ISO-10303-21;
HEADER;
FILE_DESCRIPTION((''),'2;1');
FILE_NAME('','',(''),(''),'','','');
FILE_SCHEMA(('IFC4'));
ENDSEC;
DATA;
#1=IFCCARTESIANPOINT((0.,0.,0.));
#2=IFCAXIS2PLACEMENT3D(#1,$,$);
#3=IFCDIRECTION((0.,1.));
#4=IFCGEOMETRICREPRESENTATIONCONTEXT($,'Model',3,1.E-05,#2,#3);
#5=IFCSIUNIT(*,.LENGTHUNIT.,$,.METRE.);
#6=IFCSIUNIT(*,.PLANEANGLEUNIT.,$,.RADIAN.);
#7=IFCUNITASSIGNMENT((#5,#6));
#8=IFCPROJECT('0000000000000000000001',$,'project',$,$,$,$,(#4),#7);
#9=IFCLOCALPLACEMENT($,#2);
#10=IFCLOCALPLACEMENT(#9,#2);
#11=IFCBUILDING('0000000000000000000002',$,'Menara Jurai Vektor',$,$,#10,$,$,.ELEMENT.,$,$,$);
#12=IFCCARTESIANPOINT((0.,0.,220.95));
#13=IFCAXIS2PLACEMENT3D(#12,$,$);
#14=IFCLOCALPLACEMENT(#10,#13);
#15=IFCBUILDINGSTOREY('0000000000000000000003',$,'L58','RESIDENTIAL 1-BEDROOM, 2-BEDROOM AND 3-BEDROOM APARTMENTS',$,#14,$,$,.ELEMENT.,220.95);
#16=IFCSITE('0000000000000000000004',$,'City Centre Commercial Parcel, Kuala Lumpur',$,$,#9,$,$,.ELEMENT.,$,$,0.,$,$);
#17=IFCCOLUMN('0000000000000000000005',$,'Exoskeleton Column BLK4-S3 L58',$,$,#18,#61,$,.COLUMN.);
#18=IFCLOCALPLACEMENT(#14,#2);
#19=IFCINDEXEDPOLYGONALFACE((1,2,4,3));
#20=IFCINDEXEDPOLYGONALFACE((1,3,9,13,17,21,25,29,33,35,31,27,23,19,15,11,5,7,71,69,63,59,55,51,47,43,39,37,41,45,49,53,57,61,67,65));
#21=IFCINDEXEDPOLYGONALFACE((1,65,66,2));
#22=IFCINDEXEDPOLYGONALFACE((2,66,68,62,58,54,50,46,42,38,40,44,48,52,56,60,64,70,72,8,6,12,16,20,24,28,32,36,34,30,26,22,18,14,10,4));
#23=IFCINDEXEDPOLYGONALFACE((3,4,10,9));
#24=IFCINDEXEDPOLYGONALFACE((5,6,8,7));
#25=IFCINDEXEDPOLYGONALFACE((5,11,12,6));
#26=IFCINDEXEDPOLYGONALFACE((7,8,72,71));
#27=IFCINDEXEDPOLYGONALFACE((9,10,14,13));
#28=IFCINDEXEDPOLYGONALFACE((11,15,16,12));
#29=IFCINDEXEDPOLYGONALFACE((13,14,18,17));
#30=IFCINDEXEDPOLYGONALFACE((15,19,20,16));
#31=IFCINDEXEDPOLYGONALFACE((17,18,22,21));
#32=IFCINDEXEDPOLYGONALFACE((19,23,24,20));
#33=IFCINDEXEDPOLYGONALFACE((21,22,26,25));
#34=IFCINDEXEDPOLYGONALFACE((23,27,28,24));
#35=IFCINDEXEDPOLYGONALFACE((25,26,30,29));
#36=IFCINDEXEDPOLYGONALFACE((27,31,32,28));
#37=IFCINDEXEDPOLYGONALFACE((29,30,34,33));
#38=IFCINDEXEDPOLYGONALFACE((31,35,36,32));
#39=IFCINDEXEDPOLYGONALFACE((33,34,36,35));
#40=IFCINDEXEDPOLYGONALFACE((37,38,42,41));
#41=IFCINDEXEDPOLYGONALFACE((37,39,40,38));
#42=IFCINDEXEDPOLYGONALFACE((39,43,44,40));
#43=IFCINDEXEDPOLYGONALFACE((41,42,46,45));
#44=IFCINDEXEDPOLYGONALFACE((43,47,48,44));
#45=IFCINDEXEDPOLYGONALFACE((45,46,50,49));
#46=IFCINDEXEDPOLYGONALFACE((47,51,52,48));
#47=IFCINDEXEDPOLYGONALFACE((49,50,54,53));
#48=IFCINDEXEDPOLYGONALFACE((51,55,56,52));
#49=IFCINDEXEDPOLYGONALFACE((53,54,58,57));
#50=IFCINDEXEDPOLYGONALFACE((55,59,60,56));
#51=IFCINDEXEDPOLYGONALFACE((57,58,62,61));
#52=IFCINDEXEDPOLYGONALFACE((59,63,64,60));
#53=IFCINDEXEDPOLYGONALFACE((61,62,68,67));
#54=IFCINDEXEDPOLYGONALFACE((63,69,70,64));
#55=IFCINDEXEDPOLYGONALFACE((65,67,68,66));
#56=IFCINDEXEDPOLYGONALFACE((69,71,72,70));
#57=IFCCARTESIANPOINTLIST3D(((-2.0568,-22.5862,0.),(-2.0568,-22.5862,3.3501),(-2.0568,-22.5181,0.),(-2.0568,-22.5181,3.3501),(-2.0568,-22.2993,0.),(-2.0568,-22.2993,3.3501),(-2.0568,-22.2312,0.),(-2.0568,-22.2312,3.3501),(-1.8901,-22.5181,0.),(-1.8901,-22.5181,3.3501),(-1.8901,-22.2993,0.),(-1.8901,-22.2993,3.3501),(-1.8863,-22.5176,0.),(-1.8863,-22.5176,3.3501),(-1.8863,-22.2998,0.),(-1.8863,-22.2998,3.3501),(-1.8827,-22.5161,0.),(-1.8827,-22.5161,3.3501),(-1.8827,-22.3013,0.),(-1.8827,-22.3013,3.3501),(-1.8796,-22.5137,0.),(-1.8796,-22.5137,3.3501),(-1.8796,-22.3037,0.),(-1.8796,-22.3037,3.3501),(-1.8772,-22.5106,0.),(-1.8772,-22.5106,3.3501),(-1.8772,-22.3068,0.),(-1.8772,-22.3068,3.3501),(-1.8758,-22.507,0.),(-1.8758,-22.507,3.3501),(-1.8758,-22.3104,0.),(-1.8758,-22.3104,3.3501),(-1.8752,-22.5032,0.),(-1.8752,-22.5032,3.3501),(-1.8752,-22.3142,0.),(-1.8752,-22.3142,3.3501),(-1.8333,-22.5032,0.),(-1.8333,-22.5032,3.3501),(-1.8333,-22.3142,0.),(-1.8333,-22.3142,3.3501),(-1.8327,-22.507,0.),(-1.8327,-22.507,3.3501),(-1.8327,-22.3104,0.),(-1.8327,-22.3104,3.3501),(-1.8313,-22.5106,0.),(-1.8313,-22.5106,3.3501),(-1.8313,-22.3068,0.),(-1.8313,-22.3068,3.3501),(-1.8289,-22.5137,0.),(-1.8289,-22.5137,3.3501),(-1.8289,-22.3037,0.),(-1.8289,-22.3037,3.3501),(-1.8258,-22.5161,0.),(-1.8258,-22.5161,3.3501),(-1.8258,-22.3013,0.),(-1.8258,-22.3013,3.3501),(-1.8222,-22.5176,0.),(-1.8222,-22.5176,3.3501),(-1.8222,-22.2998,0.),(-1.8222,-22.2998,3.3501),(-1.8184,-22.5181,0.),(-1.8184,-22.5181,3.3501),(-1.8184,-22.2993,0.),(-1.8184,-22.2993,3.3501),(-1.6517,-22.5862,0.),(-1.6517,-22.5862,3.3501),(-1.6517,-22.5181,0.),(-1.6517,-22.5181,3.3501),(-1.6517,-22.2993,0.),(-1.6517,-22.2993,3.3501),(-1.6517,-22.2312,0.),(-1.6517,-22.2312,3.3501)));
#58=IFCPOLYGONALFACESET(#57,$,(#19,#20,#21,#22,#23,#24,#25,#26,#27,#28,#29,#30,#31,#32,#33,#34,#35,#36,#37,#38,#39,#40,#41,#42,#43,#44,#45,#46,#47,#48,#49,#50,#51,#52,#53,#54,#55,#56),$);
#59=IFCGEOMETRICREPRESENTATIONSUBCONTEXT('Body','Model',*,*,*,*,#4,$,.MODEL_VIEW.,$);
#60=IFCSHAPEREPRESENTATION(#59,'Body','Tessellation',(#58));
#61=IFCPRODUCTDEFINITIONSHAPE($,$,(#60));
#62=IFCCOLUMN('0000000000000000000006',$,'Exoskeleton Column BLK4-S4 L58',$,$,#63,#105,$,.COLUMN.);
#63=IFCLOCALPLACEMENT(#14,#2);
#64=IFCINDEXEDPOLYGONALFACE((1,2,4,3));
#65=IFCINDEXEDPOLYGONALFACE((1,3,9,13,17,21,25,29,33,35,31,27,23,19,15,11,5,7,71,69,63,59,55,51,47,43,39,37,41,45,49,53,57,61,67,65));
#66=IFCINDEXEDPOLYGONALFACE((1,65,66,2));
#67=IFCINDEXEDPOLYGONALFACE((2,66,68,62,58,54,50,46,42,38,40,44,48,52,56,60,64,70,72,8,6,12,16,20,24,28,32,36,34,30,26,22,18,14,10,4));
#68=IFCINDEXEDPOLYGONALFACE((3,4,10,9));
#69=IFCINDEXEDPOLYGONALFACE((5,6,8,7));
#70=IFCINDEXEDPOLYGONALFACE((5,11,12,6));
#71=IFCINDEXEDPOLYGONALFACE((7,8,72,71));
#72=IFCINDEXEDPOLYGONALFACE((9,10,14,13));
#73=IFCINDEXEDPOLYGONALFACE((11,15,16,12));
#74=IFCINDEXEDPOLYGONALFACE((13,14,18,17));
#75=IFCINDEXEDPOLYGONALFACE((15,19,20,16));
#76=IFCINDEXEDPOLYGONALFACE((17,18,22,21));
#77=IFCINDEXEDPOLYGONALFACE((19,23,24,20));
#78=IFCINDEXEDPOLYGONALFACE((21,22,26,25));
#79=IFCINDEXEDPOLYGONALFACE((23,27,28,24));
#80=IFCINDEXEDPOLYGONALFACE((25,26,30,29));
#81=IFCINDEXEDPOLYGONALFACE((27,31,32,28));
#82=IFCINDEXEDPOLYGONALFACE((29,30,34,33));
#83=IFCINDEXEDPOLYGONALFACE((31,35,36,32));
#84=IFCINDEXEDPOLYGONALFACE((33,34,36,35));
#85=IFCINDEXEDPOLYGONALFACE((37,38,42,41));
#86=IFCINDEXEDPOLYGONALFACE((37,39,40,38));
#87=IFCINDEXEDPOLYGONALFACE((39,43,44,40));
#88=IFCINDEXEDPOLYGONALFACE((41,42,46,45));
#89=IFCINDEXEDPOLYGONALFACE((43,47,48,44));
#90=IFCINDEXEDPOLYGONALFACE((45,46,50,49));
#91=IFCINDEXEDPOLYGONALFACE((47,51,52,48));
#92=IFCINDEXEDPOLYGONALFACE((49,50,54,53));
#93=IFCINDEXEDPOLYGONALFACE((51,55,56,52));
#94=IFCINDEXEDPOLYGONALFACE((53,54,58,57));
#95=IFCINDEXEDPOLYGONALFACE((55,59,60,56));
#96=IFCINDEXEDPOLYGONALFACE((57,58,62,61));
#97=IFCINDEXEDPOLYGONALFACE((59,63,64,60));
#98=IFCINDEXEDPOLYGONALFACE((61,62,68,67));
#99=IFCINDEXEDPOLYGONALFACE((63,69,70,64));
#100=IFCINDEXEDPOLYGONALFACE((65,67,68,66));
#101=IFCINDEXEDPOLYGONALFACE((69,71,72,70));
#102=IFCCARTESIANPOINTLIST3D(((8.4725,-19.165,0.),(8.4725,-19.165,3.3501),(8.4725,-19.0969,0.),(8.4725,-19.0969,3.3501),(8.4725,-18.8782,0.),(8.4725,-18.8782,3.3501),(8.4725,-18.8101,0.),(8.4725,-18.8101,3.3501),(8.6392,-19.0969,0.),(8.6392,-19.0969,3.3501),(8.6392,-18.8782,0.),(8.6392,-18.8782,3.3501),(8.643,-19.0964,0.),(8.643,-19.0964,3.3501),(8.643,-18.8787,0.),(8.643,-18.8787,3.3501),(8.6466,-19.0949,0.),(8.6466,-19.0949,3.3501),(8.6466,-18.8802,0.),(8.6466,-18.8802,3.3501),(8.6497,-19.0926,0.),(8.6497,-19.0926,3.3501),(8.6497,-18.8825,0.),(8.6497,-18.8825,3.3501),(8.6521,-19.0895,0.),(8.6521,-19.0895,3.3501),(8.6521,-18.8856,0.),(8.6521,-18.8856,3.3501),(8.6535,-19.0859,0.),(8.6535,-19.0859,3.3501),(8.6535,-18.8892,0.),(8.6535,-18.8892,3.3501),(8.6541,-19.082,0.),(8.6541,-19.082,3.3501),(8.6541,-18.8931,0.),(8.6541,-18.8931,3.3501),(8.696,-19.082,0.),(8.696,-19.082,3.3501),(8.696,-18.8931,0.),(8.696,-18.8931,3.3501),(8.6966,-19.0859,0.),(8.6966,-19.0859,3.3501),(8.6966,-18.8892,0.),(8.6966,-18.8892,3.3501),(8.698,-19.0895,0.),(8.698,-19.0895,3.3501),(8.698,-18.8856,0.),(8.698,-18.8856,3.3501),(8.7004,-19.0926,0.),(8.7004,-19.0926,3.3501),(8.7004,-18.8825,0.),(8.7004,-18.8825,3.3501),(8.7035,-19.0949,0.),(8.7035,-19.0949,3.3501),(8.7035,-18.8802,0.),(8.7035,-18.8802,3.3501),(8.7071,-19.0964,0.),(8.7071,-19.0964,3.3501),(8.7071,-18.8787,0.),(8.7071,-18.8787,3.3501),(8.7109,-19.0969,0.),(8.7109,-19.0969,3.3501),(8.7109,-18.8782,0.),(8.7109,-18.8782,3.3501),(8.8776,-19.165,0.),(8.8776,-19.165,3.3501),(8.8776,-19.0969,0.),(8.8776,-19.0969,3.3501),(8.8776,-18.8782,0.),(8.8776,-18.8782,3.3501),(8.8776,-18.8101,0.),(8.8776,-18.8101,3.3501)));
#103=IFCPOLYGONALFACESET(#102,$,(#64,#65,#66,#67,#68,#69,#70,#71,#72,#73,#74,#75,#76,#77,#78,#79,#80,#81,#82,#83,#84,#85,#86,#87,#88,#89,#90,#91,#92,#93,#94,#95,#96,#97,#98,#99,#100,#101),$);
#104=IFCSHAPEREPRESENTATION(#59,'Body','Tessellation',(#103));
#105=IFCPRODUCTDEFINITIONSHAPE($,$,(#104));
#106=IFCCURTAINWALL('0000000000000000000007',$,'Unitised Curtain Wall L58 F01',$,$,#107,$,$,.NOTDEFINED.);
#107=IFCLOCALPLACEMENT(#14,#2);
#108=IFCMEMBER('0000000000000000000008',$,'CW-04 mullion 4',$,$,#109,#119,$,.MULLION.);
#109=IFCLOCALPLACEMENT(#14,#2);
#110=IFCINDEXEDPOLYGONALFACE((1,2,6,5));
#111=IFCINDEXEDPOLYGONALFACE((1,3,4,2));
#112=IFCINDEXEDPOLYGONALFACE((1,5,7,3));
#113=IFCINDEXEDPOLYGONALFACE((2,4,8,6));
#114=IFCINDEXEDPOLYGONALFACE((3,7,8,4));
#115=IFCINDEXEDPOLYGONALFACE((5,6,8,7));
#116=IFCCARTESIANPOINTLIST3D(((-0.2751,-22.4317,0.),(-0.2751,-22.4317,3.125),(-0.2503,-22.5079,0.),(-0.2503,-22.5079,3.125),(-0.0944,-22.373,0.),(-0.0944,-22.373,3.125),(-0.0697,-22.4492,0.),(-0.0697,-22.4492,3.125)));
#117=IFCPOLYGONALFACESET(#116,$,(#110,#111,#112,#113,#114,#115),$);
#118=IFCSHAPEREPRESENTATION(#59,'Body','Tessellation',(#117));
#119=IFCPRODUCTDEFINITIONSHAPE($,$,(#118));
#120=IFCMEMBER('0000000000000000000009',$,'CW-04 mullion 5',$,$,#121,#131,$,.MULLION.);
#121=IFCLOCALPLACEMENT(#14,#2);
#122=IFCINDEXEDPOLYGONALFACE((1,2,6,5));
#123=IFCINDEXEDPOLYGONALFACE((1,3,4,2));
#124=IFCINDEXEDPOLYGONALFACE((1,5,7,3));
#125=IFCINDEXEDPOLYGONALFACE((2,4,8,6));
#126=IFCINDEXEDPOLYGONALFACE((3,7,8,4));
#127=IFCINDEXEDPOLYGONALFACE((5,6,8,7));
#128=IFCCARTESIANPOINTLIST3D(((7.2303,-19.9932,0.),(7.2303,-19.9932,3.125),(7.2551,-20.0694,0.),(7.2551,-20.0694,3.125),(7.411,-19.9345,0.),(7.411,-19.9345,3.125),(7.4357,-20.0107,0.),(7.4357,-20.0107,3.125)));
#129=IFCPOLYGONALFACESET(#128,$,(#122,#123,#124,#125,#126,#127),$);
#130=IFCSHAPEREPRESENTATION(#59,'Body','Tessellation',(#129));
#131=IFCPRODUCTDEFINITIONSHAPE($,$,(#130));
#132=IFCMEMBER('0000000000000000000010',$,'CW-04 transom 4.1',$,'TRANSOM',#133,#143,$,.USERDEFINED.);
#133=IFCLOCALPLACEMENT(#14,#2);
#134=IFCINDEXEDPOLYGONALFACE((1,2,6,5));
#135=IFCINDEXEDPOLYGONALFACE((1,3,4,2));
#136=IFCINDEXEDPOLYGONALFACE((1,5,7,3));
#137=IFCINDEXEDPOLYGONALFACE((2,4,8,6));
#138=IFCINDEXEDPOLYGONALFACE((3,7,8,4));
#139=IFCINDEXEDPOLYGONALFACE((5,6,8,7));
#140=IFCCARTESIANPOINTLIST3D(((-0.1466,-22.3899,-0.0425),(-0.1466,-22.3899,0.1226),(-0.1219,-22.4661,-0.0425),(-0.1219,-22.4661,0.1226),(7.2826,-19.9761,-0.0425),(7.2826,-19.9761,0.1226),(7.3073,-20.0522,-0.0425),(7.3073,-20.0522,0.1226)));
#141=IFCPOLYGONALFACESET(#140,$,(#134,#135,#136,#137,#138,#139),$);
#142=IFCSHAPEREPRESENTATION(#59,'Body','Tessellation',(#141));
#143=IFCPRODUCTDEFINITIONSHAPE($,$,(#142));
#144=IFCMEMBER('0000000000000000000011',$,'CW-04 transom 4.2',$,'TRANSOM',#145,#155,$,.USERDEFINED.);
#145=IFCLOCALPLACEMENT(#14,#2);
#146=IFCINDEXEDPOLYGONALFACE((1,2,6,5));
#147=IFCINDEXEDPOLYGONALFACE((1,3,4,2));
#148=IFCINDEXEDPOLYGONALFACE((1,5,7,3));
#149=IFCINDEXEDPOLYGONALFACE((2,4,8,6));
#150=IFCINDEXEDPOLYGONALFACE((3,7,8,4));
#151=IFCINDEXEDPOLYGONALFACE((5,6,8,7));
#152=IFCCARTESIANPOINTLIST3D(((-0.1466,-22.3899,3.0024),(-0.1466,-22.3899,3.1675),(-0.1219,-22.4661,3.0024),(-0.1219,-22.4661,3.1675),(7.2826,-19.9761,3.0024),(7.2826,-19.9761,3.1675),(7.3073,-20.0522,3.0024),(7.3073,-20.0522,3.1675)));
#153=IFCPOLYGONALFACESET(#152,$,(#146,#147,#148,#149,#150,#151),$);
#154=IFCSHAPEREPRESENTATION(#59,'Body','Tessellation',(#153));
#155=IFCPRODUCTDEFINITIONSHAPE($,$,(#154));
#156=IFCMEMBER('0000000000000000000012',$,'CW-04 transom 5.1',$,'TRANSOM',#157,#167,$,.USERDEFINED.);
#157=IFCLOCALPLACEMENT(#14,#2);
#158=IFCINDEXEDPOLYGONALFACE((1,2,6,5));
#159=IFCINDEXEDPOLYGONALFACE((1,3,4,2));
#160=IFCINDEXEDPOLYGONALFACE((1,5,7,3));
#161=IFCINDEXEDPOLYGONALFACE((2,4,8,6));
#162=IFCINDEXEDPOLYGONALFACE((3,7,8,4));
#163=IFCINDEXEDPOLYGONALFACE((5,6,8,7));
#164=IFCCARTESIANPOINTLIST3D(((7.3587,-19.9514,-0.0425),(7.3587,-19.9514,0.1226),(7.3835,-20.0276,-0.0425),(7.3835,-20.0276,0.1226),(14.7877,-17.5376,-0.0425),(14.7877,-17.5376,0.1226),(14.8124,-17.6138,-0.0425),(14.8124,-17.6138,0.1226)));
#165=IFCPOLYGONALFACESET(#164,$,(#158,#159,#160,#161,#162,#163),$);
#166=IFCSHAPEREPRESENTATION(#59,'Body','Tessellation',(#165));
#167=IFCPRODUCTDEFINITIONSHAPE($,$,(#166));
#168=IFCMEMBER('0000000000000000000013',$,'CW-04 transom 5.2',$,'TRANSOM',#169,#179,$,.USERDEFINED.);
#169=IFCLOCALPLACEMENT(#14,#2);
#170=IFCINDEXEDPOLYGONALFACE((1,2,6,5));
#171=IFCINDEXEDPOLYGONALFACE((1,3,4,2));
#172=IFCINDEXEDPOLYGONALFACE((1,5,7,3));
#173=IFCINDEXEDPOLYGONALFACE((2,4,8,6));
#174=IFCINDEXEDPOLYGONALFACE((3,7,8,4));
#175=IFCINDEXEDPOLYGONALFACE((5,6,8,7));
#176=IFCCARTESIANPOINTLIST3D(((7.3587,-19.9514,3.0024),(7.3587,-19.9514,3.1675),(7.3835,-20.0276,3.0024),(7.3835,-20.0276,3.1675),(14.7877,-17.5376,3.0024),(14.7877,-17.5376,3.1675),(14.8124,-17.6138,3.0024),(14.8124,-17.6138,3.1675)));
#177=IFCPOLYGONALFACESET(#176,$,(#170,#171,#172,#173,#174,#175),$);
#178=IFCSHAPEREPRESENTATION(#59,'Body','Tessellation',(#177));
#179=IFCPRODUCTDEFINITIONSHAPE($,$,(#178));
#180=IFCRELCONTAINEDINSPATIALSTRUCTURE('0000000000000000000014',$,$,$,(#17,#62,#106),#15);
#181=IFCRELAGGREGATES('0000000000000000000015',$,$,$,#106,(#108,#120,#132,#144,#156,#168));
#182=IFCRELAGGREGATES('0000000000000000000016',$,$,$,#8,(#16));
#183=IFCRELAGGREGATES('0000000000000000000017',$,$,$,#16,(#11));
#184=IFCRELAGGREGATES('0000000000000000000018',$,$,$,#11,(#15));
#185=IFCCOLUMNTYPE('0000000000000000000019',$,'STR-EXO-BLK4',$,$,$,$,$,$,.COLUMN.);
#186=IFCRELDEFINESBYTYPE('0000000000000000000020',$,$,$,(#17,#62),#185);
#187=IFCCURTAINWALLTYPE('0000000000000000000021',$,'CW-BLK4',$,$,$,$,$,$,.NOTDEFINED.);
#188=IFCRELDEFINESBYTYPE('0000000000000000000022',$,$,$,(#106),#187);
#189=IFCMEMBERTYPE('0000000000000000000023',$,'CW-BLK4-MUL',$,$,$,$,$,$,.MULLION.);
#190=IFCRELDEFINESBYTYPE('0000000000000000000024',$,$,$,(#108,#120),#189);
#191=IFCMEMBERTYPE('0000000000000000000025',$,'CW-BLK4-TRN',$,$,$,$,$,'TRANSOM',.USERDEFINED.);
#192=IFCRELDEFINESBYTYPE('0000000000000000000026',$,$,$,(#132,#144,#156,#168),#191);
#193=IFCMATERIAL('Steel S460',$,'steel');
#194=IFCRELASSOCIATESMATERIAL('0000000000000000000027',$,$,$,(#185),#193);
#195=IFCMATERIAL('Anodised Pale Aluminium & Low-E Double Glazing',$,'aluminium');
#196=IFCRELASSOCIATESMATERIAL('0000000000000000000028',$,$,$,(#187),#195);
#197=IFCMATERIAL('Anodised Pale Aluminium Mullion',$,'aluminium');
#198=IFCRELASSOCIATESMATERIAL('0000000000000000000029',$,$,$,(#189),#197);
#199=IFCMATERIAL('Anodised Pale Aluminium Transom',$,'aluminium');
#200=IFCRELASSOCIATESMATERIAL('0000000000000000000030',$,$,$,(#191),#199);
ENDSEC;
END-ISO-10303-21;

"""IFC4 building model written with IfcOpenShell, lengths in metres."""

from ifc_helpers import new_model, si_unit, direction, frame, origin, origin_2d, place, context, subcontext, project, spatial, rectangle, i_section, extrude, material, material_profile, profile_set, type_object, element, aggregate, save


model = new_model("IFC4")

# Units and contexts
model_context = context("Model", 3, precision=1e-05, world=origin(), true_north=direction((0.0, 1.0)))
body_context = subcontext(model_context, "Body", "Model", "MODEL_VIEW")
ifc_project = project(units=[si_unit("LENGTHUNIT", "METRE"), si_unit("PLANEANGLEUNIT", "RADIAN")], contexts=[model_context])

# Site, building, storey
site_placement = place(None, origin())
site = spatial("IfcSite", under=ifc_project, at=site_placement, Name="City Centre Commercial Parcel, Kuala Lumpur", CompositionType="ELEMENT", RefElevation=0.0)
building_placement = place(site_placement, origin())
building = spatial("IfcBuilding", under=site, at=building_placement, Name="Menara Jurai Vektor", CompositionType="ELEMENT")
storey_placement = place(building_placement, frame((0.0, 0.0, 220.95)))
storey = spatial("IfcBuildingStorey", under=building, at=storey_placement, Name="L58", Description="RESIDENTIAL 1-BEDROOM, 2-BEDROOM AND 3-BEDROOM APARTMENTS", CompositionType="ELEMENT", Elevation=220.95)

# Columns
ifc_material_1 = material(Name="Steel S460", Category="steel")
ifc_material_profile_1 = material_profile(ifc_material_1, i_section(OverallWidth=0.405, OverallDepth=0.355, WebThickness=0.042, FlangeThickness=0.0681, FilletRadius=0.0149, at=origin_2d()), Name="HD 400x551")
ifc_profile_set_1 = profile_set([ifc_material_profile_1], Name="Steel S460")
column_type = type_object("IfcColumnType", Name="STR-EXO-BLK4", PredefinedType="COLUMN", material=ifc_profile_set_1)
for number, where, z_axis, x_axis, name in (
    (1, (-1.8542, -22.4087, 0.0), (0.0, 0.0, 1.0), (1.0, 0.0, 0.0), "Exoskeleton Column BLK4-S3 L58"),
    (2, (8.675, -18.9875, 0.0), (0.0, 0.0, 1.0), (1.0, 0.0, 0.0), "Exoskeleton Column BLK4-S4 L58"),
):
    element("IfcColumn", number, at=place(storey_placement, frame(where, z_axis=z_axis, x_axis=x_axis)), inside=storey, type_object=column_type, Name=name, PredefinedType="COLUMN", context=body_context, shape_type="SweptSolid", body=[
        extrude(i_section(OverallWidth=0.405, OverallDepth=0.355, WebThickness=0.042, FlangeThickness=0.0681, FilletRadius=0.0149, at=origin_2d()), origin(), (0.0, 0.0, 1.0), 3.3501),
    ])

# Curtain wall, members
ifc_material_2 = material(Name="Anodised Pale Aluminium & Low-E Double Glazing", Category="aluminium")
curtain_wall_type = type_object("IfcCurtainWallType", Name="CW-BLK4", PredefinedType="NOTDEFINED", material=ifc_material_2)
curtain_wall_placement = place(storey_placement, origin())
curtain_wall = element("IfcCurtainWall", 3, at=curtain_wall_placement, inside=storey, type_object=curtain_wall_type, Name="Unitised Curtain Wall L58 F01", PredefinedType="NOTDEFINED")
ifc_material_3 = material(Name="Anodised Pale Aluminium Mullion", Category="aluminium")
ifc_material_profile_2 = material_profile(ifc_material_3, rectangle(XDim=0.0801, YDim=0.1899, at=origin_2d()), Name="ALU MUL 80x190")
ifc_profile_set_2 = profile_set([ifc_material_profile_2], Name="Anodised Pale Aluminium Mullion")
member_type_1 = type_object("IfcMemberType", Name="CW-BLK4-MUL", PredefinedType="MULLION", material=ifc_profile_set_2)
member_1_placement = place(storey_placement, frame((-0.1724, -22.4404, 0.0), z_axis=(0.0, 0.0, 1.0), x_axis=(-0.309017, 0.951056, 0.0)))
member_1 = element("IfcMember", 4, at=member_1_placement, type_object=member_type_1, Name="CW-04 mullion 4", PredefinedType="MULLION", context=body_context, shape_type="SweptSolid", body=[
    extrude(rectangle(XDim=0.0801, YDim=0.1899, at=origin_2d()), origin(), (0.0, 0.0, 1.0), 3.125),
])
member_2_placement = place(storey_placement, frame((7.333, -20.002, 0.0), z_axis=(0.0, 0.0, 1.0), x_axis=(-0.309017, 0.951056, 0.0)))
member_2 = element("IfcMember", 5, at=member_2_placement, type_object=member_type_1, Name="CW-04 mullion 5", PredefinedType="MULLION", context=body_context, shape_type="SweptSolid", body=[
    extrude(rectangle(XDim=0.0801, YDim=0.1899, at=origin_2d()), origin(), (0.0, 0.0, 1.0), 3.125),
])
ifc_material_4 = material(Name="Anodised Pale Aluminium Transom", Category="aluminium")
ifc_material_profile_3 = material_profile(ifc_material_4, rectangle(XDim=0.0801, YDim=0.165, at=origin_2d()), Name="ALU TRN 80x165")
ifc_profile_set_3 = profile_set([ifc_material_profile_3], Name="Anodised Pale Aluminium Transom")
member_type_2 = type_object("IfcMemberType", Name="CW-BLK4-TRN", ElementType="TRANSOM", PredefinedType="USERDEFINED", material=ifc_profile_set_3)
member_3_placement = place(storey_placement, frame((-0.1343, -22.428, 0.04), z_axis=(0.951059, 0.309008, 0.0), x_axis=(-0.309008, 0.951059, 0.0)))
member_3 = element("IfcMember", 6, at=member_3_placement, type_object=member_type_2, Name="CW-04 transom 4.1", ObjectType="TRANSOM", PredefinedType="USERDEFINED", context=body_context, shape_type="SweptSolid", body=[
    extrude(rectangle(XDim=0.0801, YDim=0.165, at=origin_2d()), origin(), (0.0, 0.0, 1.0), 7.8115),
])
member_4_placement = place(storey_placement, frame((-0.1343, -22.428, 3.085), z_axis=(0.951059, 0.309008, 0.0), x_axis=(-0.309008, 0.951059, 0.0)))
member_4 = element("IfcMember", 7, at=member_4_placement, type_object=member_type_2, Name="CW-04 transom 4.2", ObjectType="TRANSOM", PredefinedType="USERDEFINED", context=body_context, shape_type="SweptSolid", body=[
    extrude(rectangle(XDim=0.0801, YDim=0.165, at=origin_2d()), origin(), (0.0, 0.0, 1.0), 7.8115),
])
member_5_placement = place(storey_placement, frame((7.3711, -19.9895, 0.04), z_axis=(0.951056, 0.309018, 0.0), x_axis=(-0.309018, 0.951056, 0.0)))
member_5 = element("IfcMember", 8, at=member_5_placement, type_object=member_type_2, Name="CW-04 transom 5.1", ObjectType="TRANSOM", PredefinedType="USERDEFINED", context=body_context, shape_type="SweptSolid", body=[
    extrude(rectangle(XDim=0.0801, YDim=0.165, at=origin_2d()), origin(), (0.0, 0.0, 1.0), 7.8113),
])
member_6_placement = place(storey_placement, frame((7.3711, -19.9895, 3.085), z_axis=(0.951056, 0.309018, 0.0), x_axis=(-0.309018, 0.951056, 0.0)))
member_6 = element("IfcMember", 9, at=member_6_placement, type_object=member_type_2, Name="CW-04 transom 5.2", ObjectType="TRANSOM", PredefinedType="USERDEFINED", context=body_context, shape_type="SweptSolid", body=[
    extrude(rectangle(XDim=0.0801, YDim=0.165, at=origin_2d()), origin(), (0.0, 0.0, 1.0), 7.8113),
])

aggregate(curtain_wall, [member_1, member_2, member_3, member_4, member_5, member_6])

save(model, "model.ifc")
